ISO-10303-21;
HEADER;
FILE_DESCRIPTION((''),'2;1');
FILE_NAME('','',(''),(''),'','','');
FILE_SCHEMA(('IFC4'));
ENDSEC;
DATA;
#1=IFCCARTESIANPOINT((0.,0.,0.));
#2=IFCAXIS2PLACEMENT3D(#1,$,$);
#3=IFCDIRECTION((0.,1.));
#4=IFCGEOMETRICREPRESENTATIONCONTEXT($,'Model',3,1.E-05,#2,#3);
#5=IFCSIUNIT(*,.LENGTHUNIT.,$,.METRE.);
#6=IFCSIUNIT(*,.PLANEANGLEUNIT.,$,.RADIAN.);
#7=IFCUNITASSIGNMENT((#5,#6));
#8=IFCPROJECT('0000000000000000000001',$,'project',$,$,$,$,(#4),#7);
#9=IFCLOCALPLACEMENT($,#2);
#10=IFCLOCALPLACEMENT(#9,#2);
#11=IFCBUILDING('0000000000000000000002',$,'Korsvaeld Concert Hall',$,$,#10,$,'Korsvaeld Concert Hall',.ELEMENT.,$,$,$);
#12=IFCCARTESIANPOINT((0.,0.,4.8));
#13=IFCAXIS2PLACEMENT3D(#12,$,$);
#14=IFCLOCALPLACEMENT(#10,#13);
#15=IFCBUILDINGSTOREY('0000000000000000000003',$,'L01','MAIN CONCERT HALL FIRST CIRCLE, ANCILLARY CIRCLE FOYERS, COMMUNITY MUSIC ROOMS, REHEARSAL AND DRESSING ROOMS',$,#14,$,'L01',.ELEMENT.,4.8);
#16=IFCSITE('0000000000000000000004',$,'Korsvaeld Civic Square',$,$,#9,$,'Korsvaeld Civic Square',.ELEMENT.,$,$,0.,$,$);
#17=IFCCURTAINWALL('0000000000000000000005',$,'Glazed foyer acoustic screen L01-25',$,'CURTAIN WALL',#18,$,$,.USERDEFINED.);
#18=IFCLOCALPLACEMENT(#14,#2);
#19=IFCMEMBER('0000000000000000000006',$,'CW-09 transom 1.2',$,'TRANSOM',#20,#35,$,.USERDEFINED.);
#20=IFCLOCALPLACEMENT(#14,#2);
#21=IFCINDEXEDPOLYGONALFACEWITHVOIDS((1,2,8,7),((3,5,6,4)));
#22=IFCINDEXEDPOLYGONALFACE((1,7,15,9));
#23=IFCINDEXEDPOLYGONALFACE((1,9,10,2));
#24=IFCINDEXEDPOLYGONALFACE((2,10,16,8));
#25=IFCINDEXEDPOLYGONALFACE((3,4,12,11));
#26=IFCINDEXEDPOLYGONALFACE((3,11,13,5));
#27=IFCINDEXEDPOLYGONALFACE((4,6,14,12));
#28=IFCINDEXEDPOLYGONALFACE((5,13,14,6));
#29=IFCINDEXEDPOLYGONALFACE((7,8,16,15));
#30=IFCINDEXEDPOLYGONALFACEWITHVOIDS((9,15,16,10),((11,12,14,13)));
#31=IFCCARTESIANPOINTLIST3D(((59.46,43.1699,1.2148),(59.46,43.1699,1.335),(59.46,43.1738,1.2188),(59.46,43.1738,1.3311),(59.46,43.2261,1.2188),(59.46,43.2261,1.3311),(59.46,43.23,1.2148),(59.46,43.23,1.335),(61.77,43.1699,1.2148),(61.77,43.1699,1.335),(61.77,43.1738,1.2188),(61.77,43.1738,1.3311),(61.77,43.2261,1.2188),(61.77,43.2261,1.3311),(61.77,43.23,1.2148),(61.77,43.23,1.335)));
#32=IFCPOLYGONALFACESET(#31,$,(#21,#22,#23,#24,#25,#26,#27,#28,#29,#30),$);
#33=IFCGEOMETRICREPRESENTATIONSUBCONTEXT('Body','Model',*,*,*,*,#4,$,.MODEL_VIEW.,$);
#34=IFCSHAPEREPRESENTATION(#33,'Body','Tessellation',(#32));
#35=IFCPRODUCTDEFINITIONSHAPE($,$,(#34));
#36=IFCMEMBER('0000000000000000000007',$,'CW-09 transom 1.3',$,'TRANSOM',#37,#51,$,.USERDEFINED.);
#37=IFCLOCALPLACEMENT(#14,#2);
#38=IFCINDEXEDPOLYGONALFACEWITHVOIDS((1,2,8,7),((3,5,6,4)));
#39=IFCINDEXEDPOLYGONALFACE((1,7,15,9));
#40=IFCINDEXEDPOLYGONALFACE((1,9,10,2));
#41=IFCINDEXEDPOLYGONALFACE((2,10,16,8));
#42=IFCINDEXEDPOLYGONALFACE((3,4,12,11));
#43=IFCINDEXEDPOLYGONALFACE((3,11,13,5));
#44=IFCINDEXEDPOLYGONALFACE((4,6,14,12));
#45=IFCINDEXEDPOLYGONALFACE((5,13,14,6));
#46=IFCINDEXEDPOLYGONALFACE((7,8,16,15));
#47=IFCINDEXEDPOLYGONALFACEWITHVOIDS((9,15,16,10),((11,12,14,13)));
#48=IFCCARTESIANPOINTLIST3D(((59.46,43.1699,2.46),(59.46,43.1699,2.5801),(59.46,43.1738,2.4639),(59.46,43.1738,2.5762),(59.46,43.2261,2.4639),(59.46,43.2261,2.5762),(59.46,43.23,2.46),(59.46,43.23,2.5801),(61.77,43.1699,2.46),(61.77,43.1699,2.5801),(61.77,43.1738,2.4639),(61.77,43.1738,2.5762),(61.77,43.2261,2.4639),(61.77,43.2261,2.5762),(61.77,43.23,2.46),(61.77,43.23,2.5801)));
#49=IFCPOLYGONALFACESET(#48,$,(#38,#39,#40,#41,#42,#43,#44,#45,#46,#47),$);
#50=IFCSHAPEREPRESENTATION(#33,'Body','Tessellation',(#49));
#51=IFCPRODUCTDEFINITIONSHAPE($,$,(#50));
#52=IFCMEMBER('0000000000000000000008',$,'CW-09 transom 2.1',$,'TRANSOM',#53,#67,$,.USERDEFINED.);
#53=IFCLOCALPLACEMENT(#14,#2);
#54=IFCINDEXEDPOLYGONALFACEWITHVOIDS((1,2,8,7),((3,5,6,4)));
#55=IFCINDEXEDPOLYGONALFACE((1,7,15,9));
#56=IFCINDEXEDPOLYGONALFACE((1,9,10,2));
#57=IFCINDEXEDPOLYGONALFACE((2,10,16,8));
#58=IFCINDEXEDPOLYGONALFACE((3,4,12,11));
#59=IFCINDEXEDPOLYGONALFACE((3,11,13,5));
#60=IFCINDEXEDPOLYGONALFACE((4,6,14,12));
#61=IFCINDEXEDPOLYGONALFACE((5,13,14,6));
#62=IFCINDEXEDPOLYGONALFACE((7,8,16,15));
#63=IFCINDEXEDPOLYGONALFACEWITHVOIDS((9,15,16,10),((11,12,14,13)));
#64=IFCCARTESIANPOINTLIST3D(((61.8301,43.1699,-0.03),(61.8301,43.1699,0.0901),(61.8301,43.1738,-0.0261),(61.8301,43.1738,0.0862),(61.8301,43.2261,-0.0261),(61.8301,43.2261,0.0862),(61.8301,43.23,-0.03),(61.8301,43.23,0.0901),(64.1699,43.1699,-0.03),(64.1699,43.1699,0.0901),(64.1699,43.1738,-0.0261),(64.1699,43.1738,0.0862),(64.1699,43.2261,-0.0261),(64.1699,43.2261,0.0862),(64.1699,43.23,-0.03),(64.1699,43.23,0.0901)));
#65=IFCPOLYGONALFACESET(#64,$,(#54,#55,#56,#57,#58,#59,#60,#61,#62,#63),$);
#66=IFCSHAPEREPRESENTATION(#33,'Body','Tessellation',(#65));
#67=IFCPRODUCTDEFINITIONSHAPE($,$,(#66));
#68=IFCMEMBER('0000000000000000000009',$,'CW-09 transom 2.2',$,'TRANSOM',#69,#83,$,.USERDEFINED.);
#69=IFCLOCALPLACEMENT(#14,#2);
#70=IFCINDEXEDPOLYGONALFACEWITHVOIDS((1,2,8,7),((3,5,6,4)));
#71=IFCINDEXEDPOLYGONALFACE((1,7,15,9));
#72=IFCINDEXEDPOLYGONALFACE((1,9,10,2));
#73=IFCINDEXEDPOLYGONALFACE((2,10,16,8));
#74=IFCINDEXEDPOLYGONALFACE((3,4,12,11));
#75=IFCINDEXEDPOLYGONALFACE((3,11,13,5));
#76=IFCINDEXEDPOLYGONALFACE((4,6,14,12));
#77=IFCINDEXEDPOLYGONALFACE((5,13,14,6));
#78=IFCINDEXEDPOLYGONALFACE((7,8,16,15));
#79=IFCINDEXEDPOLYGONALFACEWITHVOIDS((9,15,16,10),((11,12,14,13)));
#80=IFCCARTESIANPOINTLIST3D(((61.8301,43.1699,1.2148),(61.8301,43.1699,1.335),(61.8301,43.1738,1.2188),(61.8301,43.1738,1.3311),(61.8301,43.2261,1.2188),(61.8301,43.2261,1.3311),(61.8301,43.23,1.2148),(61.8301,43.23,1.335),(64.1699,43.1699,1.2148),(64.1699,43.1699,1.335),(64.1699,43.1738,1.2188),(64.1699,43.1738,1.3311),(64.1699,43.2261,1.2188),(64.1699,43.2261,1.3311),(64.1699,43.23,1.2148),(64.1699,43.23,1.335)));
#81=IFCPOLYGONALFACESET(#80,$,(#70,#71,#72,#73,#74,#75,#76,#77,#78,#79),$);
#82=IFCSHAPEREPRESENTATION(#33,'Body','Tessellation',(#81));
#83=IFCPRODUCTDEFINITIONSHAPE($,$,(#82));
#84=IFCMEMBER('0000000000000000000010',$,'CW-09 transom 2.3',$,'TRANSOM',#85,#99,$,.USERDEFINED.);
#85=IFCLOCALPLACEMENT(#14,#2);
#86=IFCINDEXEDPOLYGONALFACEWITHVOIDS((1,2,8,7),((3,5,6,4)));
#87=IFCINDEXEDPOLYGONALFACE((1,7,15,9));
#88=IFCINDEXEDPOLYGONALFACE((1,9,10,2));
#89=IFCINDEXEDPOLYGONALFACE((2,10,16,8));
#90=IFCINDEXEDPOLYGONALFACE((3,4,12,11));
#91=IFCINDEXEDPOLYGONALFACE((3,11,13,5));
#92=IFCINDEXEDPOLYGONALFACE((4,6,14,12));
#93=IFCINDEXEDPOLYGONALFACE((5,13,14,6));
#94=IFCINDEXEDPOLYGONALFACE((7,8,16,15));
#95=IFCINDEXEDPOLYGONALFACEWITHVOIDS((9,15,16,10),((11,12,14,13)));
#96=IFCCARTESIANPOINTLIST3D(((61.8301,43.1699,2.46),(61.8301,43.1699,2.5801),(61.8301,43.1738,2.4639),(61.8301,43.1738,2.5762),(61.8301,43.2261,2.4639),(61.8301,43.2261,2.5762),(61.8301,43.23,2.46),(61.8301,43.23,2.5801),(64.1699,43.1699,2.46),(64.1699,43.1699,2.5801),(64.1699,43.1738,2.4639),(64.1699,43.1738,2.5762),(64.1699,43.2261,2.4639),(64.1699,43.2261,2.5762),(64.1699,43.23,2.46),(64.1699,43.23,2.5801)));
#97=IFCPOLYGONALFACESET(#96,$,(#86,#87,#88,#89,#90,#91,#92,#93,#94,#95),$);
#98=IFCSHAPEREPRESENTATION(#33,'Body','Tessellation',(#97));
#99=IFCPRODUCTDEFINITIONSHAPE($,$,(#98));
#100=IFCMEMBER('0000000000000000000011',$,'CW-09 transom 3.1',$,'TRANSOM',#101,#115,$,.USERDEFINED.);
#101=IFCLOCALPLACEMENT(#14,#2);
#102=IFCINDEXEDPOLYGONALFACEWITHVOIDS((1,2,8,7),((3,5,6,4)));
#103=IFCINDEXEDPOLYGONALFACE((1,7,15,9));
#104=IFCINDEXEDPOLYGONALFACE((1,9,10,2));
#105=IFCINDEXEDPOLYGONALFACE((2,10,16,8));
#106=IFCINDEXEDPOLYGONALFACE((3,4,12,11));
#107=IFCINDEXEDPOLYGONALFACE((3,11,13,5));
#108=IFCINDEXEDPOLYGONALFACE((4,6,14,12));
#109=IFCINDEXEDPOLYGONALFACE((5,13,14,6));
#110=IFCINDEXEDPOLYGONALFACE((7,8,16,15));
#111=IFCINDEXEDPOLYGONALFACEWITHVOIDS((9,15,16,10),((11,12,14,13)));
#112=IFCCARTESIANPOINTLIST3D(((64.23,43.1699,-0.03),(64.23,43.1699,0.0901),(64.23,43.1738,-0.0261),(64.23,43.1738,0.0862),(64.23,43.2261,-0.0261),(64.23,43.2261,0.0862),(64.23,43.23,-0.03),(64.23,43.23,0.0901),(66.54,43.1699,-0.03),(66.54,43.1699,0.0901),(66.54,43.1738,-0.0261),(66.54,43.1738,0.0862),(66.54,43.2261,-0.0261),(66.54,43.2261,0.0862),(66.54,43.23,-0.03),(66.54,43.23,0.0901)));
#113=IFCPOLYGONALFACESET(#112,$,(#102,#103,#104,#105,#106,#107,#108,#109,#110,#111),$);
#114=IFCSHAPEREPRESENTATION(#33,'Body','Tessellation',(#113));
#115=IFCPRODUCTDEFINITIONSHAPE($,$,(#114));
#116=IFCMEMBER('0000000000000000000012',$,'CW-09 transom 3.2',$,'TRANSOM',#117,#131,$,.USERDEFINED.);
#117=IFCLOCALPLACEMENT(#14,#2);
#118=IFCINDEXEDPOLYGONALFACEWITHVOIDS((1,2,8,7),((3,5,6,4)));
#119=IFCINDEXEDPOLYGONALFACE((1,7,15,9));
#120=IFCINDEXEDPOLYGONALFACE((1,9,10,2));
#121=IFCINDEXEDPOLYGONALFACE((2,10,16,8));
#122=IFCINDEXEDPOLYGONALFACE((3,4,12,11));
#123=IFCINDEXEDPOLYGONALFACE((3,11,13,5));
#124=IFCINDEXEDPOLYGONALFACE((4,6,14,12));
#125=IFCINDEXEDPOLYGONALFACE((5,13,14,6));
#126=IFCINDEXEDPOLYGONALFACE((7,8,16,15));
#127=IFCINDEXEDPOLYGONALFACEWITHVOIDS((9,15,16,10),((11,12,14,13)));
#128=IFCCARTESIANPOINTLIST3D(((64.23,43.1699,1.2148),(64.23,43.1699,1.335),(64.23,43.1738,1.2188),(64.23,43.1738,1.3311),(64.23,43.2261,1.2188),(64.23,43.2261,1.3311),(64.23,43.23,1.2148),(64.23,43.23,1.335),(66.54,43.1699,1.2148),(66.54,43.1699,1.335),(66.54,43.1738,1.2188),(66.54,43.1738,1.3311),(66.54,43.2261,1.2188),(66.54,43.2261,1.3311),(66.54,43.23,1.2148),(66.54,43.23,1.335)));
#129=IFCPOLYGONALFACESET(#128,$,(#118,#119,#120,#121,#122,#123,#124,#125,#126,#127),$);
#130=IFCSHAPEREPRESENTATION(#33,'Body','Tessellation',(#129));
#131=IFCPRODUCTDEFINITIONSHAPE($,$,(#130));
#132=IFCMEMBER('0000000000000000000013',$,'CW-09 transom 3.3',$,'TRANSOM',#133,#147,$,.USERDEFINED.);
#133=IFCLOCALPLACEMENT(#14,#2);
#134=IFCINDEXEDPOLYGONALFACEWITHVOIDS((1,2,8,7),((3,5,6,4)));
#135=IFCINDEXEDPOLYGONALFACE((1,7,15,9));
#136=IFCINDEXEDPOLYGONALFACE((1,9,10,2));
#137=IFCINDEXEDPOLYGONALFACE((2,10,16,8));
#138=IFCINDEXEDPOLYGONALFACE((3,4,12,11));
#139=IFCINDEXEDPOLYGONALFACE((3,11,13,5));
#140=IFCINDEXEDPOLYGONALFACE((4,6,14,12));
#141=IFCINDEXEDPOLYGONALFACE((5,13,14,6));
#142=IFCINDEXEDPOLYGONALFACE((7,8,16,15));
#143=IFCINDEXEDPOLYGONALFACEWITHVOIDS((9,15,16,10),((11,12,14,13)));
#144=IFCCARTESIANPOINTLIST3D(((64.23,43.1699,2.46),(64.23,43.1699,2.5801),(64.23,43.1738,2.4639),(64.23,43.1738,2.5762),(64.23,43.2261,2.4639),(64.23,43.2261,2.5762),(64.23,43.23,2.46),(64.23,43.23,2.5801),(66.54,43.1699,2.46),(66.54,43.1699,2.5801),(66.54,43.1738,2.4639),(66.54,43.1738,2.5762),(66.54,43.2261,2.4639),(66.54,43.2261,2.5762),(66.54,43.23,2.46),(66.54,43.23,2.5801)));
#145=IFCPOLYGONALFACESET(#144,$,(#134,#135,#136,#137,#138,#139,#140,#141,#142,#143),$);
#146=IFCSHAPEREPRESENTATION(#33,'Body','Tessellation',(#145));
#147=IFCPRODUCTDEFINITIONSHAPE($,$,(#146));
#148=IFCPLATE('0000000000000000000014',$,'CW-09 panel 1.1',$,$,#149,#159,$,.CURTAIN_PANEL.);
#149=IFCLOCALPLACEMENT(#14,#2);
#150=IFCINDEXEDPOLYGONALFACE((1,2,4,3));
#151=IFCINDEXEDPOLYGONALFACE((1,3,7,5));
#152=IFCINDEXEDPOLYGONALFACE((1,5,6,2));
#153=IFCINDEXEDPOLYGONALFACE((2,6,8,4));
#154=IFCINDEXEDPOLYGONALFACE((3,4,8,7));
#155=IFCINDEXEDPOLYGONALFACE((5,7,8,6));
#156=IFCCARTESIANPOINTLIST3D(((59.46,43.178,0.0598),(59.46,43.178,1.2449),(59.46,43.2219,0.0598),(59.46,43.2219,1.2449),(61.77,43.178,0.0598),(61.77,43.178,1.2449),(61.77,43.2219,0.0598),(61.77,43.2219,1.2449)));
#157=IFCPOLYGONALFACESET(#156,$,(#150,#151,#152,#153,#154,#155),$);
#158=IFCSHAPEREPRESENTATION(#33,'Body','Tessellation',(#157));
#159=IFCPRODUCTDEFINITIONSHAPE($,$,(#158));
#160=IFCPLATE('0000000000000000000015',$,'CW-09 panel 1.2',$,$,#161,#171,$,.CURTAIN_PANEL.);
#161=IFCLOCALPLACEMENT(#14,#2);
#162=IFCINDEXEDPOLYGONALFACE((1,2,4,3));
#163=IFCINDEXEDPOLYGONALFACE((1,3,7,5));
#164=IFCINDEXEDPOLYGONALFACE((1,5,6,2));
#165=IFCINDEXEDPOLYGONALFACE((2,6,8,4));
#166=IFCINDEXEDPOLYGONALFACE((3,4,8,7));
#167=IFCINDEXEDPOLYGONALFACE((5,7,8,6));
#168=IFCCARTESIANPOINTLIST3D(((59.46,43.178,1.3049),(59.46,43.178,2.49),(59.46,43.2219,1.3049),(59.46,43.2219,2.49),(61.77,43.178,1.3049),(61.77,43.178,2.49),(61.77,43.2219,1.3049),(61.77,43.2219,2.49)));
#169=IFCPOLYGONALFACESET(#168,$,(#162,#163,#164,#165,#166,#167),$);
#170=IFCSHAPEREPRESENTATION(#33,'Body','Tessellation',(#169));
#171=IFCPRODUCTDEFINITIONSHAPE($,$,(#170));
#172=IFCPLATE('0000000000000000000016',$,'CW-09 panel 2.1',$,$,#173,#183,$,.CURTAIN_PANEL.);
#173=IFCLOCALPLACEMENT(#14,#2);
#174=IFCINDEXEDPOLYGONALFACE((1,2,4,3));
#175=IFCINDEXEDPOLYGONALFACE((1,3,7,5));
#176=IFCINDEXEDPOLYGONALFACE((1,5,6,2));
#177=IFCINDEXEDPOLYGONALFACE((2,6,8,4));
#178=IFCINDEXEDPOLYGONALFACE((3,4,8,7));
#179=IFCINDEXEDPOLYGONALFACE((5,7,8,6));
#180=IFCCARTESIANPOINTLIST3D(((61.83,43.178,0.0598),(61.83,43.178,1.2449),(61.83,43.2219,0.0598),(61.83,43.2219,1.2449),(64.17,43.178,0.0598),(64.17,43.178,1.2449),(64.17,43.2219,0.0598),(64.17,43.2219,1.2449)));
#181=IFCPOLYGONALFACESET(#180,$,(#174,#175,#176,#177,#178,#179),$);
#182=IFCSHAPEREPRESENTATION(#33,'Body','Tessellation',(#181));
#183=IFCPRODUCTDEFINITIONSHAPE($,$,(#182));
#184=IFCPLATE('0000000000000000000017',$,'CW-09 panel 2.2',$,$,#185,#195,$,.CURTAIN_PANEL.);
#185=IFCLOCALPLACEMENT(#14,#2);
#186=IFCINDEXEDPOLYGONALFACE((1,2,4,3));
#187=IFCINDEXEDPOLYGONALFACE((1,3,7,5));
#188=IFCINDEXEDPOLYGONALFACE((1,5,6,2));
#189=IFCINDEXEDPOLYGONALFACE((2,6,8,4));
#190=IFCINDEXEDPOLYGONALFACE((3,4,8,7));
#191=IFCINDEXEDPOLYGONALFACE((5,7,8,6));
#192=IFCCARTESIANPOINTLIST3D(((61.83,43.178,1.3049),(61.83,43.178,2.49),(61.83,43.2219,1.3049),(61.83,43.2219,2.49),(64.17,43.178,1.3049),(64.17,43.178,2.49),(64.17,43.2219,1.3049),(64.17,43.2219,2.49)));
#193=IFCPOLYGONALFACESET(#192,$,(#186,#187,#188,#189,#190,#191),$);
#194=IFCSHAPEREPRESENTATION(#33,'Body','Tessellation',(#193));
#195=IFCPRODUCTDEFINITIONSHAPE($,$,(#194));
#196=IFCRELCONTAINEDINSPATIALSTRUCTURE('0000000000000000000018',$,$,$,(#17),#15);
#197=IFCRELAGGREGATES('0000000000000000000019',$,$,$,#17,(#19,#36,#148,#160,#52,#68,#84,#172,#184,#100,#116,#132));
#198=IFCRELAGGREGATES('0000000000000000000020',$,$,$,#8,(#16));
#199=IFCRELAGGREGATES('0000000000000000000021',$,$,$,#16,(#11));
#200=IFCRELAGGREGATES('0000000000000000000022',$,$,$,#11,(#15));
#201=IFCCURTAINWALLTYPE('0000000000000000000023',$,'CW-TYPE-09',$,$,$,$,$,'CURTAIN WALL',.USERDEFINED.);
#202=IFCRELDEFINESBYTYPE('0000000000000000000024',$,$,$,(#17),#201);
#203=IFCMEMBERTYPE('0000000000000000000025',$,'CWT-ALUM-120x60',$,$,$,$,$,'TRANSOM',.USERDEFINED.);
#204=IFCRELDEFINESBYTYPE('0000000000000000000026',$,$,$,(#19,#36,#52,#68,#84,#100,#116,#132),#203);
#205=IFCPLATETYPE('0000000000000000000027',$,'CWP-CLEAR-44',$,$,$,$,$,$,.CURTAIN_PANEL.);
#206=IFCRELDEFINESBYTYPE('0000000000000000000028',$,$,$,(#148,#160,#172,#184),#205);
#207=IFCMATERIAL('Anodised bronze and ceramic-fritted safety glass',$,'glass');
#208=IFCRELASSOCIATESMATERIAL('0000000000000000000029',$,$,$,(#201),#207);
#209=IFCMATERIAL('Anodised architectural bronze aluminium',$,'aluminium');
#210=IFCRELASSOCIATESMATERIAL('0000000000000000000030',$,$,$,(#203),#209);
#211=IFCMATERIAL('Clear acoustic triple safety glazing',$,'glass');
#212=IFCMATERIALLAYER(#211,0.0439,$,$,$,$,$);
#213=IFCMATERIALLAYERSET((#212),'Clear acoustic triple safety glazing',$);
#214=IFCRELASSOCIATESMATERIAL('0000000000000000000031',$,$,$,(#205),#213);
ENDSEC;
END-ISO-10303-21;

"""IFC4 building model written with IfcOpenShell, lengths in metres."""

from ifc_helpers import new_model, si_unit, direction, frame, origin, origin_2d, place, context, subcontext, project, spatial, rectangle, hollow_rectangle, extrude, material, layer, layer_set, material_profile, profile_set, type_object, element, aggregate, save


model = new_model("IFC4")

# Units and contexts
model_context = context("Model", 3, precision=1e-05, world=origin(), true_north=direction((0.0, 1.0)))
body_context = subcontext(model_context, "Body", "Model", "MODEL_VIEW")
ifc_project = project(units=[si_unit("LENGTHUNIT", "METRE"), si_unit("PLANEANGLEUNIT", "RADIAN")], contexts=[model_context])

# Site, building, storey
site_placement = place(None, origin())
site = spatial("IfcSite", under=ifc_project, at=site_placement, Name="Korsvaeld Civic Square", LongName="Korsvaeld Civic Square", CompositionType="ELEMENT", RefElevation=0.0)
building_placement = place(site_placement, origin())
building = spatial("IfcBuilding", under=site, at=building_placement, Name="Korsvaeld Concert Hall", LongName="Korsvaeld Concert Hall", CompositionType="ELEMENT")
storey_placement = place(building_placement, frame((0.0, 0.0, 4.8)))
storey = spatial("IfcBuildingStorey", under=building, at=storey_placement, Name="L01", Description="MAIN CONCERT HALL FIRST CIRCLE, ANCILLARY CIRCLE FOYERS, COMMUNITY MUSIC ROOMS, REHEARSAL AND DRESSING ROOMS", LongName="L01", CompositionType="ELEMENT", Elevation=4.8)

# Curtain wall, members, plates
ifc_material_1 = material(Name="Anodised bronze and ceramic-fritted safety glass", Category="glass")
curtain_wall_type = type_object("IfcCurtainWallType", Name="CW-TYPE-09", ElementType="CURTAIN WALL", PredefinedType="USERDEFINED", material=ifc_material_1)
curtain_wall_placement = place(storey_placement, origin())
curtain_wall = element("IfcCurtainWall", 1, at=curtain_wall_placement, inside=storey, type_object=curtain_wall_type, Name="Glazed foyer acoustic screen L01-25", ObjectType="CURTAIN WALL", PredefinedType="USERDEFINED")
ifc_material_2 = material(Name="Anodised architectural bronze aluminium", Category="aluminium")
ifc_material_profile_1 = material_profile(ifc_material_2, hollow_rectangle(XDim=0.0601, YDim=0.1201, WallThickness=0.0039, at=origin_2d()), Name="CWT 120x60x4")
ifc_profile_set_1 = profile_set([ifc_material_profile_1], Name="Anodised architectural bronze aluminium")
member_type_1 = type_object("IfcMemberType", Name="CWT-ALUM-120x60", ElementType="TRANSOM", PredefinedType="USERDEFINED", material=ifc_profile_set_1)
member_1_placement = place(storey_placement, frame((59.46, 43.2, 1.2749), z_axis=(1.0, 0.0, 0.0), x_axis=(0.0, 1.0, 0.0)))
member_1 = element("IfcMember", 2, at=member_1_placement, type_object=member_type_1, Name="CW-09 transom 1.2", ObjectType="TRANSOM", PredefinedType="USERDEFINED", context=body_context, shape_type="SweptSolid", body=[
    extrude(hollow_rectangle(XDim=0.0601, YDim=0.1201, WallThickness=0.0039, at=origin_2d()), origin(), (0.0, 0.0, 1.0), 2.3101),
])
member_2_placement = place(storey_placement, frame((59.46, 43.2, 2.52), z_axis=(1.0, 0.0, 0.0), x_axis=(0.0, 1.0, 0.0)))
member_2 = element("IfcMember", 3, at=member_2_placement, type_object=member_type_1, Name="CW-09 transom 1.3", ObjectType="TRANSOM", PredefinedType="USERDEFINED", context=body_context, shape_type="SweptSolid", body=[
    extrude(hollow_rectangle(XDim=0.0601, YDim=0.1201, WallThickness=0.0039, at=origin_2d()), origin(), (0.0, 0.0, 1.0), 2.3101),
])
member_3_placement = place(storey_placement, frame((61.8301, 43.2, 0.03), z_axis=(1.0, 0.0, 0.0), x_axis=(0.0, 1.0, 0.0)))
member_3 = element("IfcMember", 4, at=member_3_placement, type_object=member_type_1, Name="CW-09 transom 2.1", ObjectType="TRANSOM", PredefinedType="USERDEFINED", context=body_context, shape_type="SweptSolid", body=[
    extrude(hollow_rectangle(XDim=0.0601, YDim=0.1201, WallThickness=0.0039, at=origin_2d()), origin(), (0.0, 0.0, 1.0), 2.3398),
])
member_4_placement = place(storey_placement, frame((61.8301, 43.2, 1.2749), z_axis=(1.0, 0.0, 0.0), x_axis=(0.0, 1.0, 0.0)))
member_4 = element("IfcMember", 5, at=member_4_placement, type_object=member_type_1, Name="CW-09 transom 2.2", ObjectType="TRANSOM", PredefinedType="USERDEFINED", context=body_context, shape_type="SweptSolid", body=[
    extrude(hollow_rectangle(XDim=0.0601, YDim=0.1201, WallThickness=0.0039, at=origin_2d()), origin(), (0.0, 0.0, 1.0), 2.3398),
])
member_5_placement = place(storey_placement, frame((61.8301, 43.2, 2.52), z_axis=(1.0, 0.0, 0.0), x_axis=(0.0, 1.0, 0.0)))
member_5 = element("IfcMember", 6, at=member_5_placement, type_object=member_type_1, Name="CW-09 transom 2.3", ObjectType="TRANSOM", PredefinedType="USERDEFINED", context=body_context, shape_type="SweptSolid", body=[
    extrude(hollow_rectangle(XDim=0.0601, YDim=0.1201, WallThickness=0.0039, at=origin_2d()), origin(), (0.0, 0.0, 1.0), 2.3398),
])
member_6_placement = place(storey_placement, frame((64.23, 43.2, 0.03), z_axis=(1.0, 0.0, 0.0), x_axis=(0.0, 1.0, 0.0)))
member_6 = element("IfcMember", 7, at=member_6_placement, type_object=member_type_1, Name="CW-09 transom 3.1", ObjectType="TRANSOM", PredefinedType="USERDEFINED", context=body_context, shape_type="SweptSolid", body=[
    extrude(hollow_rectangle(XDim=0.0601, YDim=0.1201, WallThickness=0.0039, at=origin_2d()), origin(), (0.0, 0.0, 1.0), 2.3101),
])
member_7_placement = place(storey_placement, frame((64.23, 43.2, 1.2749), z_axis=(1.0, 0.0, 0.0), x_axis=(0.0, 1.0, 0.0)))
member_7 = element("IfcMember", 8, at=member_7_placement, type_object=member_type_1, Name="CW-09 transom 3.2", ObjectType="TRANSOM", PredefinedType="USERDEFINED", context=body_context, shape_type="SweptSolid", body=[
    extrude(hollow_rectangle(XDim=0.0601, YDim=0.1201, WallThickness=0.0039, at=origin_2d()), origin(), (0.0, 0.0, 1.0), 2.3101),
])
member_8_placement = place(storey_placement, frame((64.23, 43.2, 2.52), z_axis=(1.0, 0.0, 0.0), x_axis=(0.0, 1.0, 0.0)))
member_8 = element("IfcMember", 9, at=member_8_placement, type_object=member_type_1, Name="CW-09 transom 3.3", ObjectType="TRANSOM", PredefinedType="USERDEFINED", context=body_context, shape_type="SweptSolid", body=[
    extrude(hollow_rectangle(XDim=0.0601, YDim=0.1201, WallThickness=0.0039, at=origin_2d()), origin(), (0.0, 0.0, 1.0), 2.3101),
])
ifc_material_3 = material(Name="Clear acoustic triple safety glazing", Category="glass")
ifc_layer = layer(ifc_material_3, 0.0439)
ifc_layer_set = layer_set([ifc_layer], Name="Clear acoustic triple safety glazing")
plate_type = type_object("IfcPlateType", Name="CWP-CLEAR-44", PredefinedType="CURTAIN_PANEL", material=ifc_layer_set)
plate_1_placement = place(storey_placement, frame((60.615, 43.2, 0.0598), z_axis=(0.0, 0.0, 1.0), x_axis=(1.0, 0.0, 0.0)))
plate_1 = element("IfcPlate", 10, at=plate_1_placement, type_object=plate_type, Name="CW-09 panel 1.1", PredefinedType="CURTAIN_PANEL", context=body_context, shape_type="SweptSolid", body=[
    extrude(rectangle(XDim=2.3101, YDim=0.0439, at=origin_2d()), origin(), (0.0, 0.0, 1.0), 1.1851),
])
plate_2_placement = place(storey_placement, frame((60.615, 43.2, 1.3049), z_axis=(0.0, 0.0, 1.0), x_axis=(1.0, 0.0, 0.0)))
plate_2 = element("IfcPlate", 11, at=plate_2_placement, type_object=plate_type, Name="CW-09 panel 1.2", PredefinedType="CURTAIN_PANEL", context=body_context, shape_type="SweptSolid", body=[
    extrude(rectangle(XDim=2.3101, YDim=0.0439, at=origin_2d()), origin(), (0.0, 0.0, 1.0), 1.1851),
])
plate_3_placement = place(storey_placement, frame((63.0, 43.2, 0.0598), z_axis=(0.0, 0.0, 1.0), x_axis=(1.0, 0.0, 0.0)))
plate_3 = element("IfcPlate", 12, at=plate_3_placement, type_object=plate_type, Name="CW-09 panel 2.1", PredefinedType="CURTAIN_PANEL", context=body_context, shape_type="SweptSolid", body=[
    extrude(rectangle(XDim=2.3401, YDim=0.0439, at=origin_2d()), origin(), (0.0, 0.0, 1.0), 1.1851),
])
plate_4_placement = place(storey_placement, frame((63.0, 43.2, 1.3049), z_axis=(0.0, 0.0, 1.0), x_axis=(1.0, 0.0, 0.0)))
plate_4 = element("IfcPlate", 13, at=plate_4_placement, type_object=plate_type, Name="CW-09 panel 2.2", PredefinedType="CURTAIN_PANEL", context=body_context, shape_type="SweptSolid", body=[
    extrude(rectangle(XDim=2.3401, YDim=0.0439, at=origin_2d()), origin(), (0.0, 0.0, 1.0), 1.1851),
])
aggregate(curtain_wall, [member_1, member_2, plate_1, plate_2, member_3, member_4, member_5, plate_3, plate_4, member_6, member_7, member_8])

save(model, "model.ifc")
